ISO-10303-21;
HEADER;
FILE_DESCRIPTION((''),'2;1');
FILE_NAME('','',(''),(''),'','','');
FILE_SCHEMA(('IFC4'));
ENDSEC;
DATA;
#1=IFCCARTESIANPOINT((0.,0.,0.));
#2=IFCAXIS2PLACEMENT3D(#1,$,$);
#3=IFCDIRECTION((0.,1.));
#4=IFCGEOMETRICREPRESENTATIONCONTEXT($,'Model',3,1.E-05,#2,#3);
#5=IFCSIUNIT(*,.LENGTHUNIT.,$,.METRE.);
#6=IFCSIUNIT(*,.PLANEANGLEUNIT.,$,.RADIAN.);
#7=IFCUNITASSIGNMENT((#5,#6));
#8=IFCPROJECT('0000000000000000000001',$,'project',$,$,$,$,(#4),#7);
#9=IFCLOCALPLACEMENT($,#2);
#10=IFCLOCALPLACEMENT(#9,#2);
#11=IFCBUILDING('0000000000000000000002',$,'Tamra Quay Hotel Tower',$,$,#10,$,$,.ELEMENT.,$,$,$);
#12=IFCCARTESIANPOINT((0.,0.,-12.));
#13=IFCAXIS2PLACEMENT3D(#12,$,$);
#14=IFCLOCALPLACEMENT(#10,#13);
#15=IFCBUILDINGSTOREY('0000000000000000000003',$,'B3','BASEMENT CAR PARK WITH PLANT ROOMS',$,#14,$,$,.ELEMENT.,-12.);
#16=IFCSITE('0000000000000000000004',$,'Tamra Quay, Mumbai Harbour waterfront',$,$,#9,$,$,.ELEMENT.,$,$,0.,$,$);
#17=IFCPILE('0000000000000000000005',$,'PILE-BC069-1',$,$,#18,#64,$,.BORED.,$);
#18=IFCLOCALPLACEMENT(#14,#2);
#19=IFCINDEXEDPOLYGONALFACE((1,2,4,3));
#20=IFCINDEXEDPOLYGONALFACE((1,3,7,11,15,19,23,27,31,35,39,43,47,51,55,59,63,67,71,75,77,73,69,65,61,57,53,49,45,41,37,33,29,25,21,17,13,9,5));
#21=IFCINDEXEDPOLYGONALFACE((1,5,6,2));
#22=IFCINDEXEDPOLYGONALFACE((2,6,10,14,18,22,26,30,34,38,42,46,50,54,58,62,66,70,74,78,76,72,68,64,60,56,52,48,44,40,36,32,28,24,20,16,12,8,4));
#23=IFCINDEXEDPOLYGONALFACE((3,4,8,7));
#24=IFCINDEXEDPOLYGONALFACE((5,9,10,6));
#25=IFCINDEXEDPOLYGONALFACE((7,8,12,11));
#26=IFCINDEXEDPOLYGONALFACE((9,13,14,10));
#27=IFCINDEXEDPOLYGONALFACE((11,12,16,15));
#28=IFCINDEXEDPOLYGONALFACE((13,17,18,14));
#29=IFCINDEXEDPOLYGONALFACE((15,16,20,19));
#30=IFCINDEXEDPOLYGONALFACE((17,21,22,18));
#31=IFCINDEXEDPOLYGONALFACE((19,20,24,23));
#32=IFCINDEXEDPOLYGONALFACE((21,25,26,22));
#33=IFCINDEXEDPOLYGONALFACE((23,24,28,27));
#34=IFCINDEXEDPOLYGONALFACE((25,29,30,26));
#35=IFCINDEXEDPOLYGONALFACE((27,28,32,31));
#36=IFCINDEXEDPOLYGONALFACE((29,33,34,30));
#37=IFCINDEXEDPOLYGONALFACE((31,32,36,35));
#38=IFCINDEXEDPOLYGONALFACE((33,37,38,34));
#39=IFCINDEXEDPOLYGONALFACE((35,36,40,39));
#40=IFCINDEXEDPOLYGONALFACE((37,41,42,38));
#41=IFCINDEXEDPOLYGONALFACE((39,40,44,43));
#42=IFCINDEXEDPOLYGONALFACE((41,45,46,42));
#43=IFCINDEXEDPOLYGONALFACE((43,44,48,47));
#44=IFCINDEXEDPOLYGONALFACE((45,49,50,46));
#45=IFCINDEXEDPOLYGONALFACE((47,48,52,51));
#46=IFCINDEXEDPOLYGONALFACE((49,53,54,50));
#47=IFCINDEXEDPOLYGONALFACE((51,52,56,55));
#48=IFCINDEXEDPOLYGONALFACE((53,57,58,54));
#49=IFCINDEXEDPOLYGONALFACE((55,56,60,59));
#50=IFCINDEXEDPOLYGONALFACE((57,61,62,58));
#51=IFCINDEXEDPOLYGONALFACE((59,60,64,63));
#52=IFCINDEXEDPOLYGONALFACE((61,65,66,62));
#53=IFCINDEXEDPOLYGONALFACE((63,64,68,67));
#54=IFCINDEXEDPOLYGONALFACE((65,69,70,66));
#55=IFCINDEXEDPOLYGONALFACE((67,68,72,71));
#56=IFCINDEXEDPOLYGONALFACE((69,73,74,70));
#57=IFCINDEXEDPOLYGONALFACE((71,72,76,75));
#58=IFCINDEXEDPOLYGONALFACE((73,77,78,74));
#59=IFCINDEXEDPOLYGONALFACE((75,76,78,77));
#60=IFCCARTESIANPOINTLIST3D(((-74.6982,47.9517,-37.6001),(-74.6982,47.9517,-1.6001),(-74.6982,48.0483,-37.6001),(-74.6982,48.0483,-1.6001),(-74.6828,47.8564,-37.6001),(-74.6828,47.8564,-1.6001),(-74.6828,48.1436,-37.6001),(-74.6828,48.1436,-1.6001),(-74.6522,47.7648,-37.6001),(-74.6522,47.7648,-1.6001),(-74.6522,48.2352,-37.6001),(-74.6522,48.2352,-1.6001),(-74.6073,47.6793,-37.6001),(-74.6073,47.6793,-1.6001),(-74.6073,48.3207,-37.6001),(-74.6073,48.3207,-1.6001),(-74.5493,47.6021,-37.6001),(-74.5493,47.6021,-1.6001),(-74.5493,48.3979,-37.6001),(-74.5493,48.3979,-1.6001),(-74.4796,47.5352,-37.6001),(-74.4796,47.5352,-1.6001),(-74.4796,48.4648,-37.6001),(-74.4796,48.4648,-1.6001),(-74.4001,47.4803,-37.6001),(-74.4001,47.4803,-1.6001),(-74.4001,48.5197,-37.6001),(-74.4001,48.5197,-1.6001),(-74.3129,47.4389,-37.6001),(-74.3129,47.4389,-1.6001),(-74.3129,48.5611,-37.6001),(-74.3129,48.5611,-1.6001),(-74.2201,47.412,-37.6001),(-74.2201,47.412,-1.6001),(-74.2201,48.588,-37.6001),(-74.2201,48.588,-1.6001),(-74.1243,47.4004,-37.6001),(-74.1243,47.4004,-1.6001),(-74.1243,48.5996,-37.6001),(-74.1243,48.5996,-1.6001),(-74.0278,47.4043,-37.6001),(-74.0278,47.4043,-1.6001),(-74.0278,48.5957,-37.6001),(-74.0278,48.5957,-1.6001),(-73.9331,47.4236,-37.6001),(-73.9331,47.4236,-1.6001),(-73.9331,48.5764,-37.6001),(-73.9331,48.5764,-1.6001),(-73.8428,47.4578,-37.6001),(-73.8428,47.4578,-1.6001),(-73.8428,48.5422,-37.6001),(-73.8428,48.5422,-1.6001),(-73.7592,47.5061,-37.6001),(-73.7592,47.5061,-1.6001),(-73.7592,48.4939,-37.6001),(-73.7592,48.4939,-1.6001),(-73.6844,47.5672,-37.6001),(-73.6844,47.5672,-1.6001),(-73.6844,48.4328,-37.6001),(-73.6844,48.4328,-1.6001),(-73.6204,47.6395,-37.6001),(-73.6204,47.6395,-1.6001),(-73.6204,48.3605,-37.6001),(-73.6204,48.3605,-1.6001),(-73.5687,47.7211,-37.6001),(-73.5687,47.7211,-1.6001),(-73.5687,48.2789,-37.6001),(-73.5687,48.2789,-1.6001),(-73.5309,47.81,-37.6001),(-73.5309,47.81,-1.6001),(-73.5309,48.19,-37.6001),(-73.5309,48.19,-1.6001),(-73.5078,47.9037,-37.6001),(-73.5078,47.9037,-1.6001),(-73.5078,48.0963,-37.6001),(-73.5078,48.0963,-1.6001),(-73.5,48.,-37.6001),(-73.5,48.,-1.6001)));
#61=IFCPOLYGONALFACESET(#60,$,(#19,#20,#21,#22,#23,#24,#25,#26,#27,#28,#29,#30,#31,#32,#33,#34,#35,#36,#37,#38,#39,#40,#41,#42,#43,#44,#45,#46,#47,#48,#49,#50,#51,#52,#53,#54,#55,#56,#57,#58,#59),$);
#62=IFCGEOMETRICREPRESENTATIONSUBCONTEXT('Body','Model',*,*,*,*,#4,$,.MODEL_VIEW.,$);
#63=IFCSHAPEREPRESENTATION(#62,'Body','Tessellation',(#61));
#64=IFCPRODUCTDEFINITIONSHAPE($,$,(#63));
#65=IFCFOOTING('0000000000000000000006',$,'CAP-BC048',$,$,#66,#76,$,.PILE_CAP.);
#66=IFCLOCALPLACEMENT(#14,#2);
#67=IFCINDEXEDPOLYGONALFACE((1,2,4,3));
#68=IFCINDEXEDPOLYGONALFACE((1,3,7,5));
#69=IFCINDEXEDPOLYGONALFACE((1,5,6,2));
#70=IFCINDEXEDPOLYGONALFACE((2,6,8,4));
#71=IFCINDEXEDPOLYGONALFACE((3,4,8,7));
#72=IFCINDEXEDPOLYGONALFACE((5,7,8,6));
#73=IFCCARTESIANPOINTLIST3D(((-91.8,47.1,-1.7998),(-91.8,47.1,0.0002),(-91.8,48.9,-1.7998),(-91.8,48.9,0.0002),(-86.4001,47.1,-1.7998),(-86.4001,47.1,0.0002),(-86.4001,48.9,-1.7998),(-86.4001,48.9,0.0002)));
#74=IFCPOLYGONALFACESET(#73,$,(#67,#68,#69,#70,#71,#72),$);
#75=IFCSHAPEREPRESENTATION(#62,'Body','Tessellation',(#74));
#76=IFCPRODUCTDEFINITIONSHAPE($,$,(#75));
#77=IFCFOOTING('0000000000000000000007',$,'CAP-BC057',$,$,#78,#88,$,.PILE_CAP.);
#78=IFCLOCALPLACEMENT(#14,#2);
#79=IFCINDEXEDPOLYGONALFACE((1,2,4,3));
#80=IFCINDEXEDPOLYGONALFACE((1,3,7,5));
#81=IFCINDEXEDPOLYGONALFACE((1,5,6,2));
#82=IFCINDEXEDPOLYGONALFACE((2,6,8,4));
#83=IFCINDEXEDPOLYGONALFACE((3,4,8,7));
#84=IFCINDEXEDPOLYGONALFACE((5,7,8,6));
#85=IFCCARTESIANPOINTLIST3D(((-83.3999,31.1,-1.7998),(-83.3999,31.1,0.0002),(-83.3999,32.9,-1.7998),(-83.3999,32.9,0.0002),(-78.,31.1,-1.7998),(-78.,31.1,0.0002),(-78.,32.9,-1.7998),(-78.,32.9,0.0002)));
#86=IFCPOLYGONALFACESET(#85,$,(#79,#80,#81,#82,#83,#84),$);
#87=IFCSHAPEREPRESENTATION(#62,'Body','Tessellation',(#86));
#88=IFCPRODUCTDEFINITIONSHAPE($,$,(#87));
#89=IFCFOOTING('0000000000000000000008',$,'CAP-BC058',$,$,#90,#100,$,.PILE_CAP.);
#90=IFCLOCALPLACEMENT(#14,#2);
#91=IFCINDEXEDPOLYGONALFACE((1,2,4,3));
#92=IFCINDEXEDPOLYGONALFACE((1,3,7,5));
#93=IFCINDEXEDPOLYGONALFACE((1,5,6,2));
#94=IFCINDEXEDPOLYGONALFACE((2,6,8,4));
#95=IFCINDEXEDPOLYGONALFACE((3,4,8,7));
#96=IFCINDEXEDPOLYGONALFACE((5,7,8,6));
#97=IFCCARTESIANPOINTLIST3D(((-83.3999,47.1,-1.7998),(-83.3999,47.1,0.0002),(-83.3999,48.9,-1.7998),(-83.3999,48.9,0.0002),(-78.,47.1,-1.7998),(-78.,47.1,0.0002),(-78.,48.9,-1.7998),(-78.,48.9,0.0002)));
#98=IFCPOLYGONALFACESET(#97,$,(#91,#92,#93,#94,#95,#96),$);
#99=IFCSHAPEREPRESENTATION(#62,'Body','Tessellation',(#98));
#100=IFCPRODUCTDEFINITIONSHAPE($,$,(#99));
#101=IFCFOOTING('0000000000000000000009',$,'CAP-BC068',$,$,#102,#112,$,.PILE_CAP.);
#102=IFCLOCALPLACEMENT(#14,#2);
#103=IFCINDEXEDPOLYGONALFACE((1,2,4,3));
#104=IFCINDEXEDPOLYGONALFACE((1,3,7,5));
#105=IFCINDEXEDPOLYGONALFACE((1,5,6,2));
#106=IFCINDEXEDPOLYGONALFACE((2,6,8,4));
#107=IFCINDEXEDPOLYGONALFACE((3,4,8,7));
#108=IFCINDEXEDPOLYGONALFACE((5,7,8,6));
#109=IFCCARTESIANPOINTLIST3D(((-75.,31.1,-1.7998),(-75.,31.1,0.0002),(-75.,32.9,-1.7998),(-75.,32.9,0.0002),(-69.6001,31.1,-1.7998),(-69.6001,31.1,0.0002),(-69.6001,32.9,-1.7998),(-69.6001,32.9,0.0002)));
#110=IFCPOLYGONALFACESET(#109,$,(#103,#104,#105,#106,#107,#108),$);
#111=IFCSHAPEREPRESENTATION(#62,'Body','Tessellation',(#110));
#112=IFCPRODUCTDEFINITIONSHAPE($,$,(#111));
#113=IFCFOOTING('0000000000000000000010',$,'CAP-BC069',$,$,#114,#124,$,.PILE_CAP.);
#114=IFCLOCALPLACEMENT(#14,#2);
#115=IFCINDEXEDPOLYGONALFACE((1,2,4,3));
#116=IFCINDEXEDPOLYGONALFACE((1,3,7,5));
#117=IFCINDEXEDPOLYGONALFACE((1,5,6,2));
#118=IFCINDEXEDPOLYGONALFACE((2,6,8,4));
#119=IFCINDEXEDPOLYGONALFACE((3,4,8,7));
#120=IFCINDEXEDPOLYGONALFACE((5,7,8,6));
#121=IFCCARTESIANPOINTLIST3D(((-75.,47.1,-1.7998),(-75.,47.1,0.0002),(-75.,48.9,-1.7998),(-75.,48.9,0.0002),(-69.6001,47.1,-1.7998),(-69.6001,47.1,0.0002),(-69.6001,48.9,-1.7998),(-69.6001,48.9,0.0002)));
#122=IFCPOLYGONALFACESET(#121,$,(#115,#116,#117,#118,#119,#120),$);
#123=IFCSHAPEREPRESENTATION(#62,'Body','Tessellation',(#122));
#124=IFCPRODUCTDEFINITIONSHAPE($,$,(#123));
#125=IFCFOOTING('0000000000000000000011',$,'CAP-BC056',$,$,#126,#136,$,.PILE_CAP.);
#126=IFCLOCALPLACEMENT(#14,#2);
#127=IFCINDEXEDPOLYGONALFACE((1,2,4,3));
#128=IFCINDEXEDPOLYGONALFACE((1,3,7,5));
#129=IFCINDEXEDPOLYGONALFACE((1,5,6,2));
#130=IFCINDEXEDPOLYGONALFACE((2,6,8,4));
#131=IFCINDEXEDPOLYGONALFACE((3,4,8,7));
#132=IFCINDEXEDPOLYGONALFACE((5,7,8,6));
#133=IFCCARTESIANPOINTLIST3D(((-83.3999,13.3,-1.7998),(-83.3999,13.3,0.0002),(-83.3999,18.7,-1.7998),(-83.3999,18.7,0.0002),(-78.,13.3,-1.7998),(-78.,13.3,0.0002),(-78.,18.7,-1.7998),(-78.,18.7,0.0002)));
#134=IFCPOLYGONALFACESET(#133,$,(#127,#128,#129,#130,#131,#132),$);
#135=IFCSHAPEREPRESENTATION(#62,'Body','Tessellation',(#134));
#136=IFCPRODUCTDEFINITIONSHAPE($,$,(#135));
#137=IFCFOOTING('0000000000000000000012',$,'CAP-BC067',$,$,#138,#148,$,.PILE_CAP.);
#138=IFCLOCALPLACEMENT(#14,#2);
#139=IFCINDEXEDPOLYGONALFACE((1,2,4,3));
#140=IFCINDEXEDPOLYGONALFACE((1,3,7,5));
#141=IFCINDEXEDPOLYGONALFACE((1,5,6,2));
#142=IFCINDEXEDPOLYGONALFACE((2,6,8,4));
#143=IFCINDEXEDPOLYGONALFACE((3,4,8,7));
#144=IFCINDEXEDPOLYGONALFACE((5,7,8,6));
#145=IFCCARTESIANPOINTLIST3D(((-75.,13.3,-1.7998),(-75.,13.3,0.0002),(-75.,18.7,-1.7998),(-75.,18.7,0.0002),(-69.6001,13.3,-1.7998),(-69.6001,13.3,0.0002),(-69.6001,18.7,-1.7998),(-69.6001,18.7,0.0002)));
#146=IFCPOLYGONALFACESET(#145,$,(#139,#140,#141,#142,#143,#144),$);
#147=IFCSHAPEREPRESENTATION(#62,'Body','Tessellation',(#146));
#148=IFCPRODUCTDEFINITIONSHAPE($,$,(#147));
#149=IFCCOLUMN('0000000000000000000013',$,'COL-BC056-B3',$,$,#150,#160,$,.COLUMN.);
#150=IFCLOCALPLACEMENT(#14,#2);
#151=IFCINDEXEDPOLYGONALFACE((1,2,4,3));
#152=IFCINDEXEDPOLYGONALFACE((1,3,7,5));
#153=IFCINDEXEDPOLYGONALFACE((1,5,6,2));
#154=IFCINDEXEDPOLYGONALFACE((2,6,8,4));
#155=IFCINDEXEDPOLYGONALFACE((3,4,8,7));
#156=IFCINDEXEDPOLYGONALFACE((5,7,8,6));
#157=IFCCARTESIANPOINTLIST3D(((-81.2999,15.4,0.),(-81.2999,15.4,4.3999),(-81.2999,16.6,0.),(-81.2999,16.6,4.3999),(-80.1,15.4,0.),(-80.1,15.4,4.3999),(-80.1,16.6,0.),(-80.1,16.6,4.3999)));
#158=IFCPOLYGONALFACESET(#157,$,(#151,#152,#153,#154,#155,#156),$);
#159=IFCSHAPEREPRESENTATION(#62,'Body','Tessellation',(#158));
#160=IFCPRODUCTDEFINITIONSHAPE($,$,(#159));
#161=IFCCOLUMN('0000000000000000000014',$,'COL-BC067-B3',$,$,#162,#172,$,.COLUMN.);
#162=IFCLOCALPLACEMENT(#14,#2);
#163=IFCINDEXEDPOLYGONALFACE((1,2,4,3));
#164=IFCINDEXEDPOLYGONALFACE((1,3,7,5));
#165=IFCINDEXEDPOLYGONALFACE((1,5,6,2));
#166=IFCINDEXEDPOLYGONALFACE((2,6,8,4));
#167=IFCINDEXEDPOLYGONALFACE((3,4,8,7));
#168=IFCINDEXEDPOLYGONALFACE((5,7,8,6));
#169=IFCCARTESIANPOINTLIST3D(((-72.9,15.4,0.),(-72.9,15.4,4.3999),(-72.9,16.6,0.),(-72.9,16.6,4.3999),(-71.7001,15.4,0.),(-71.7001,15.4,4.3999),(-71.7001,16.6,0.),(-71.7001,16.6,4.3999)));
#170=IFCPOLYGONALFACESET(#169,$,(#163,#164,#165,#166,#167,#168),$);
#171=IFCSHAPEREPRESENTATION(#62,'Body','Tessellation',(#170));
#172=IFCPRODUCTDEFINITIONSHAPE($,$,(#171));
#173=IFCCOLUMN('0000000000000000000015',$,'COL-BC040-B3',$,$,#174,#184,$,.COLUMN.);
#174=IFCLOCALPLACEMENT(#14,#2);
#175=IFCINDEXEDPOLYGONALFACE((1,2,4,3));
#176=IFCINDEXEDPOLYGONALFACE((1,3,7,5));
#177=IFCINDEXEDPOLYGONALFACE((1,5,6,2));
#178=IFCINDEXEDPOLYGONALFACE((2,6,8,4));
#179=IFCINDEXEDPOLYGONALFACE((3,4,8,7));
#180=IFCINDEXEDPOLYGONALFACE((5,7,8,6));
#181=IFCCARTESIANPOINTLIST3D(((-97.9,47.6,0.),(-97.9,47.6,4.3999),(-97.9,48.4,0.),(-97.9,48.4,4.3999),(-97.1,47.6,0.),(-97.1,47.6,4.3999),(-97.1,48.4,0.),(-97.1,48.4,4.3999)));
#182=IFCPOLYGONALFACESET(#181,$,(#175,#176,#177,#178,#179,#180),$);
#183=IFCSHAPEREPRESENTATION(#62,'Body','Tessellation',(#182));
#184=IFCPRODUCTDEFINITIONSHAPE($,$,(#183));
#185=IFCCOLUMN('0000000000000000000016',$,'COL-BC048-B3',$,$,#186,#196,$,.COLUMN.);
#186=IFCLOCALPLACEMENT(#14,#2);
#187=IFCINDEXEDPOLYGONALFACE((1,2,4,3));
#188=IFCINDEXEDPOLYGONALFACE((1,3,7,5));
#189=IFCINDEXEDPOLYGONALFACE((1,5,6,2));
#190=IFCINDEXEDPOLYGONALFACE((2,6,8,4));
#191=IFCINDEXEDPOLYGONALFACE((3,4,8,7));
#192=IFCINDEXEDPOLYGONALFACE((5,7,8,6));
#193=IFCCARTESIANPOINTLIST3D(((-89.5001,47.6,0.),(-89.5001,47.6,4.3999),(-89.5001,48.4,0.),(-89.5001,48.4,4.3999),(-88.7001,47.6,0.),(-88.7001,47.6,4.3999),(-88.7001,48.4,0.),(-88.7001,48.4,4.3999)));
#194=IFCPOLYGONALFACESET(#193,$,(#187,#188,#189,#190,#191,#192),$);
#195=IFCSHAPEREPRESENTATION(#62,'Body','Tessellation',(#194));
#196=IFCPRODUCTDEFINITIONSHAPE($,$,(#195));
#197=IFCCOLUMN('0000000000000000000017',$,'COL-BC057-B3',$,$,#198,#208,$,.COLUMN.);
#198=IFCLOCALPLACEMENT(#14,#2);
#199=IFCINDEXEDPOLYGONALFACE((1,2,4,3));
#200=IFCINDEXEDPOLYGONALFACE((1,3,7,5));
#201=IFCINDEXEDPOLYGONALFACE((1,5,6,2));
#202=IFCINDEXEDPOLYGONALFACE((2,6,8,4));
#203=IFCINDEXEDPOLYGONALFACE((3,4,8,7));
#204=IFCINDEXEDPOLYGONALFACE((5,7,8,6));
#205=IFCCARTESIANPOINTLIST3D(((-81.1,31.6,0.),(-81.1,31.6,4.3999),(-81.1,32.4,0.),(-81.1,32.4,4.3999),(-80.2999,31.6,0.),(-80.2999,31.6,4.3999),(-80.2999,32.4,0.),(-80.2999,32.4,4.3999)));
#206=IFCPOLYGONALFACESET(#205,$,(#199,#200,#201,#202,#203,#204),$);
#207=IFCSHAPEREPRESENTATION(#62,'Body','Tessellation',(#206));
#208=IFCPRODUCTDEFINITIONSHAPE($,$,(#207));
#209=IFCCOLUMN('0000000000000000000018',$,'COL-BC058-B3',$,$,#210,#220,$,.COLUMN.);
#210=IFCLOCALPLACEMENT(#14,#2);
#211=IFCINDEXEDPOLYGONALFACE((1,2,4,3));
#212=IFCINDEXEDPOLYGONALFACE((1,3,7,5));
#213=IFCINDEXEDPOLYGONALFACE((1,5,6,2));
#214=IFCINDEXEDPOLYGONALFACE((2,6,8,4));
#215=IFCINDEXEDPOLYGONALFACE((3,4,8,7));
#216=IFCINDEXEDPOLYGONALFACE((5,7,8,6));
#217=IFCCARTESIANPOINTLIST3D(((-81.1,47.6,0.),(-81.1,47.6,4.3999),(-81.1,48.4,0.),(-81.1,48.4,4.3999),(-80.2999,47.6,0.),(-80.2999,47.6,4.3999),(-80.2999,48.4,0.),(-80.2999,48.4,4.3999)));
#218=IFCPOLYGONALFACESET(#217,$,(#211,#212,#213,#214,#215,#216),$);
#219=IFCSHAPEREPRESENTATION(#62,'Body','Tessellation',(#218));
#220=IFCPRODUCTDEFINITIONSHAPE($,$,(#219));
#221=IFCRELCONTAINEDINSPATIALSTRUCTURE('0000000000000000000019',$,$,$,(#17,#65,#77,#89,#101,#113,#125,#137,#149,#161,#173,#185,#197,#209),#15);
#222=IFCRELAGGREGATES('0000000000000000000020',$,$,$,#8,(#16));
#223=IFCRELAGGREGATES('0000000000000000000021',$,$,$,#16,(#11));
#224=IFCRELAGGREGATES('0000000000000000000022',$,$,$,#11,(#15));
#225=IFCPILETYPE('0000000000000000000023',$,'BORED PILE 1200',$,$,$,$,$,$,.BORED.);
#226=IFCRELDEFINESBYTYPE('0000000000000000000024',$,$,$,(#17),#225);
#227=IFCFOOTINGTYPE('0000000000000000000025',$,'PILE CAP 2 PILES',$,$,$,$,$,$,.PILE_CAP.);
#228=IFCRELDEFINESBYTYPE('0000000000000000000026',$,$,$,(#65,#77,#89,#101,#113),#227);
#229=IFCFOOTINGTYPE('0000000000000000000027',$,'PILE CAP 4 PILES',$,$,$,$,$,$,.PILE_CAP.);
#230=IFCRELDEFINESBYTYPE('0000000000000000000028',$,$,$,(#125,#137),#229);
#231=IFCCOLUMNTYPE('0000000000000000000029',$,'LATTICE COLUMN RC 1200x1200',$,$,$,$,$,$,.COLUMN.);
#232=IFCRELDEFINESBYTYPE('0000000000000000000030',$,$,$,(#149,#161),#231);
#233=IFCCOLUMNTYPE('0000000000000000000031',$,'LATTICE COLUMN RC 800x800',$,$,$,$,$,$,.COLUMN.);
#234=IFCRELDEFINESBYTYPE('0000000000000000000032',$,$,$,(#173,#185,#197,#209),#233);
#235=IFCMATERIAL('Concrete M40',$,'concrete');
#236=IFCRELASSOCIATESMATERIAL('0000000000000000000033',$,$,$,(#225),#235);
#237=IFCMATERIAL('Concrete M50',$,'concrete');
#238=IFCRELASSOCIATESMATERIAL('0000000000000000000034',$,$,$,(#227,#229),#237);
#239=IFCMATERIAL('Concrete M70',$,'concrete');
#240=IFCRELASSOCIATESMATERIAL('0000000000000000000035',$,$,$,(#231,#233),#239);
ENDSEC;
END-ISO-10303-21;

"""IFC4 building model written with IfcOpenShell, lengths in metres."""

from ifc_helpers import new_model, si_unit, direction, frame, origin, origin_2d, place, context, subcontext, project, spatial, rectangle, circle, extrude, material, material_profile, profile_set, type_object, element, save


model = new_model("IFC4")

# Units and contexts
model_context = context("Model", 3, precision=1e-05, world=origin(), true_north=direction((0.0, 1.0)))
body_context = subcontext(model_context, "Body", "Model", "MODEL_VIEW")
ifc_project = project(units=[si_unit("LENGTHUNIT", "METRE"), si_unit("PLANEANGLEUNIT", "RADIAN")], contexts=[model_context])

# Site, building, storey
site_placement = place(None, origin())
site = spatial("IfcSite", under=ifc_project, at=site_placement, Name="Tamra Quay, Mumbai Harbour waterfront", CompositionType="ELEMENT", RefElevation=0.0)
building_placement = place(site_placement, origin())
building = spatial("IfcBuilding", under=site, at=building_placement, Name="Tamra Quay Hotel Tower", CompositionType="ELEMENT")
storey_placement = place(building_placement, frame((0.0, 0.0, -12.0)))
storey = spatial("IfcBuildingStorey", under=building, at=storey_placement, Name="B3", Description="BASEMENT CAR PARK WITH PLANT ROOMS", CompositionType="ELEMENT", Elevation=-12.0)

# Pile
ifc_material_1 = material(Name="Concrete M40", Category="concrete")
ifc_material_profile_1 = material_profile(ifc_material_1, circle(Radius=0.6001, at=origin_2d()), Name="BORED PILE 1200")
ifc_profile_set_1 = profile_set([ifc_material_profile_1], Name="Concrete M40")
pile_type = type_object("IfcPileType", Name="BORED PILE 1200", PredefinedType="BORED", material=ifc_profile_set_1)
for number, where, z_axis, x_axis, name in (
    (1, (-74.1001, 48.0, -1.6001), (0.0, 0.0, -1.0), (1.0, 0.0, 0.0), "PILE-BC069-1"),
):
    element("IfcPile", number, at=place(storey_placement, frame(where, z_axis=z_axis, x_axis=x_axis)), inside=storey, type_object=pile_type, Name=name, PredefinedType="BORED", context=body_context, shape_type="SweptSolid", body=[
        extrude(circle(Radius=0.6001, at=origin_2d()), origin(), (0.0, 0.0, 1.0), 36.0),
    ])

# Footings
ifc_material_2 = material(Name="Concrete M50", Category="concrete")
footing_type_1 = type_object("IfcFootingType", Name="PILE CAP 2 PILES", PredefinedType="PILE_CAP", material=ifc_material_2)
for number, where, z_axis, x_axis, name in (
    (2, (-89.1001, 48.0, -1.7998), (0.0, 0.0, 1.0), (1.0, 0.0, 0.0), "CAP-BC048"),
    (3, (-80.7, 32.0, -1.7998), (0.0, 0.0, 1.0), (1.0, 0.0, 0.0), "CAP-BC057"),
    (4, (-80.7, 48.0, -1.7998), (0.0, 0.0, 1.0), (1.0, 0.0, 0.0), "CAP-BC058"),
    (5, (-72.3, 32.0, -1.7998), (0.0, 0.0, 1.0), (1.0, 0.0, 0.0), "CAP-BC068"),
    (6, (-72.3, 48.0, -1.7998), (0.0, 0.0, 1.0), (1.0, 0.0, 0.0), "CAP-BC069"),
):
    element("IfcFooting", number, at=place(storey_placement, frame(where, z_axis=z_axis, x_axis=x_axis)), inside=storey, type_object=footing_type_1, Name=name, PredefinedType="PILE_CAP", context=body_context, shape_type="SweptSolid", body=[
        extrude(rectangle(XDim=5.3999, YDim=1.8, at=origin_2d()), origin(), (0.0, 0.0, 1.0), 1.8),
    ])
footing_type_2 = type_object("IfcFootingType", Name="PILE CAP 4 PILES", PredefinedType="PILE_CAP", material=ifc_material_2)
for number, where, z_axis, x_axis, name in (
    (7, (-80.7, 16.0, -1.7998), (0.0, 0.0, 1.0), (1.0, 0.0, 0.0), "CAP-BC056"),
    (8, (-72.3, 16.0, -1.7998), (0.0, 0.0, 1.0), (1.0, 0.0, 0.0), "CAP-BC067"),
):
    element("IfcFooting", number, at=place(storey_placement, frame(where, z_axis=z_axis, x_axis=x_axis)), inside=storey, type_object=footing_type_2, Name=name, PredefinedType="PILE_CAP", context=body_context, shape_type="SweptSolid", body=[
        extrude(rectangle(XDim=5.3999, YDim=5.3999, at=origin_2d()), origin(), (0.0, 0.0, 1.0), 1.8),
    ])

# Columns
ifc_material_3 = material(Name="Concrete M70", Category="concrete")
ifc_material_profile_2 = material_profile(ifc_material_3, rectangle(XDim=1.2, YDim=1.2, at=origin_2d()), Name="LATTICE COLUMN RC 1200x1200")
ifc_profile_set_2 = profile_set([ifc_material_profile_2], Name="Concrete M70")
column_type_1 = type_object("IfcColumnType", Name="LATTICE COLUMN RC 1200x1200", PredefinedType="COLUMN", material=ifc_profile_set_2)
for number, where, z_axis, x_axis, name in (
    (9, (-80.7, 16.0, 0.0), (0.0, 0.0, 1.0), (1.0, 0.0, 0.0), "COL-BC056-B3"),
    (10, (-72.3, 16.0, 0.0), (0.0, 0.0, 1.0), (1.0, 0.0, 0.0), "COL-BC067-B3"),
):
    element("IfcColumn", number, at=place(storey_placement, frame(where, z_axis=z_axis, x_axis=x_axis)), inside=storey, type_object=column_type_1, Name=name, PredefinedType="COLUMN", context=body_context, shape_type="SweptSolid", body=[
        extrude(rectangle(XDim=1.2, YDim=1.2, at=origin_2d()), origin(), (0.0, 0.0, 1.0), 4.3999),
    ])
ifc_material_profile_3 = material_profile(ifc_material_3, rectangle(XDim=0.8, YDim=0.8, at=origin_2d()), Name="LATTICE COLUMN RC 800x800")
ifc_profile_set_3 = profile_set([ifc_material_profile_3], Name="Concrete M70")
column_type_2 = type_object("IfcColumnType", Name="LATTICE COLUMN RC 800x800", PredefinedType="COLUMN", material=ifc_profile_set_3)
for number, where, z_axis, x_axis, name in (
    (11, (-97.5, 48.0, 0.0), (0.0, 0.0, 1.0), (1.0, 0.0, 0.0), "COL-BC040-B3"),
    (12, (-89.1001, 48.0, 0.0), (0.0, 0.0, 1.0), (1.0, 0.0, 0.0), "COL-BC048-B3"),
    (13, (-80.7, 32.0, 0.0), (0.0, 0.0, 1.0), (1.0, 0.0, 0.0), "COL-BC057-B3"),
    (14, (-80.7, 48.0, 0.0), (0.0, 0.0, 1.0), (1.0, 0.0, 0.0), "COL-BC058-B3"),
):
    element("IfcColumn", number, at=place(storey_placement, frame(where, z_axis=z_axis, x_axis=x_axis)), inside=storey, type_object=column_type_2, Name=name, PredefinedType="COLUMN", context=body_context, shape_type="SweptSolid", body=[
        extrude(rectangle(XDim=0.8, YDim=0.8, at=origin_2d()), origin(), (0.0, 0.0, 1.0), 4.3999),
    ])

save(model, "model.ifc")
